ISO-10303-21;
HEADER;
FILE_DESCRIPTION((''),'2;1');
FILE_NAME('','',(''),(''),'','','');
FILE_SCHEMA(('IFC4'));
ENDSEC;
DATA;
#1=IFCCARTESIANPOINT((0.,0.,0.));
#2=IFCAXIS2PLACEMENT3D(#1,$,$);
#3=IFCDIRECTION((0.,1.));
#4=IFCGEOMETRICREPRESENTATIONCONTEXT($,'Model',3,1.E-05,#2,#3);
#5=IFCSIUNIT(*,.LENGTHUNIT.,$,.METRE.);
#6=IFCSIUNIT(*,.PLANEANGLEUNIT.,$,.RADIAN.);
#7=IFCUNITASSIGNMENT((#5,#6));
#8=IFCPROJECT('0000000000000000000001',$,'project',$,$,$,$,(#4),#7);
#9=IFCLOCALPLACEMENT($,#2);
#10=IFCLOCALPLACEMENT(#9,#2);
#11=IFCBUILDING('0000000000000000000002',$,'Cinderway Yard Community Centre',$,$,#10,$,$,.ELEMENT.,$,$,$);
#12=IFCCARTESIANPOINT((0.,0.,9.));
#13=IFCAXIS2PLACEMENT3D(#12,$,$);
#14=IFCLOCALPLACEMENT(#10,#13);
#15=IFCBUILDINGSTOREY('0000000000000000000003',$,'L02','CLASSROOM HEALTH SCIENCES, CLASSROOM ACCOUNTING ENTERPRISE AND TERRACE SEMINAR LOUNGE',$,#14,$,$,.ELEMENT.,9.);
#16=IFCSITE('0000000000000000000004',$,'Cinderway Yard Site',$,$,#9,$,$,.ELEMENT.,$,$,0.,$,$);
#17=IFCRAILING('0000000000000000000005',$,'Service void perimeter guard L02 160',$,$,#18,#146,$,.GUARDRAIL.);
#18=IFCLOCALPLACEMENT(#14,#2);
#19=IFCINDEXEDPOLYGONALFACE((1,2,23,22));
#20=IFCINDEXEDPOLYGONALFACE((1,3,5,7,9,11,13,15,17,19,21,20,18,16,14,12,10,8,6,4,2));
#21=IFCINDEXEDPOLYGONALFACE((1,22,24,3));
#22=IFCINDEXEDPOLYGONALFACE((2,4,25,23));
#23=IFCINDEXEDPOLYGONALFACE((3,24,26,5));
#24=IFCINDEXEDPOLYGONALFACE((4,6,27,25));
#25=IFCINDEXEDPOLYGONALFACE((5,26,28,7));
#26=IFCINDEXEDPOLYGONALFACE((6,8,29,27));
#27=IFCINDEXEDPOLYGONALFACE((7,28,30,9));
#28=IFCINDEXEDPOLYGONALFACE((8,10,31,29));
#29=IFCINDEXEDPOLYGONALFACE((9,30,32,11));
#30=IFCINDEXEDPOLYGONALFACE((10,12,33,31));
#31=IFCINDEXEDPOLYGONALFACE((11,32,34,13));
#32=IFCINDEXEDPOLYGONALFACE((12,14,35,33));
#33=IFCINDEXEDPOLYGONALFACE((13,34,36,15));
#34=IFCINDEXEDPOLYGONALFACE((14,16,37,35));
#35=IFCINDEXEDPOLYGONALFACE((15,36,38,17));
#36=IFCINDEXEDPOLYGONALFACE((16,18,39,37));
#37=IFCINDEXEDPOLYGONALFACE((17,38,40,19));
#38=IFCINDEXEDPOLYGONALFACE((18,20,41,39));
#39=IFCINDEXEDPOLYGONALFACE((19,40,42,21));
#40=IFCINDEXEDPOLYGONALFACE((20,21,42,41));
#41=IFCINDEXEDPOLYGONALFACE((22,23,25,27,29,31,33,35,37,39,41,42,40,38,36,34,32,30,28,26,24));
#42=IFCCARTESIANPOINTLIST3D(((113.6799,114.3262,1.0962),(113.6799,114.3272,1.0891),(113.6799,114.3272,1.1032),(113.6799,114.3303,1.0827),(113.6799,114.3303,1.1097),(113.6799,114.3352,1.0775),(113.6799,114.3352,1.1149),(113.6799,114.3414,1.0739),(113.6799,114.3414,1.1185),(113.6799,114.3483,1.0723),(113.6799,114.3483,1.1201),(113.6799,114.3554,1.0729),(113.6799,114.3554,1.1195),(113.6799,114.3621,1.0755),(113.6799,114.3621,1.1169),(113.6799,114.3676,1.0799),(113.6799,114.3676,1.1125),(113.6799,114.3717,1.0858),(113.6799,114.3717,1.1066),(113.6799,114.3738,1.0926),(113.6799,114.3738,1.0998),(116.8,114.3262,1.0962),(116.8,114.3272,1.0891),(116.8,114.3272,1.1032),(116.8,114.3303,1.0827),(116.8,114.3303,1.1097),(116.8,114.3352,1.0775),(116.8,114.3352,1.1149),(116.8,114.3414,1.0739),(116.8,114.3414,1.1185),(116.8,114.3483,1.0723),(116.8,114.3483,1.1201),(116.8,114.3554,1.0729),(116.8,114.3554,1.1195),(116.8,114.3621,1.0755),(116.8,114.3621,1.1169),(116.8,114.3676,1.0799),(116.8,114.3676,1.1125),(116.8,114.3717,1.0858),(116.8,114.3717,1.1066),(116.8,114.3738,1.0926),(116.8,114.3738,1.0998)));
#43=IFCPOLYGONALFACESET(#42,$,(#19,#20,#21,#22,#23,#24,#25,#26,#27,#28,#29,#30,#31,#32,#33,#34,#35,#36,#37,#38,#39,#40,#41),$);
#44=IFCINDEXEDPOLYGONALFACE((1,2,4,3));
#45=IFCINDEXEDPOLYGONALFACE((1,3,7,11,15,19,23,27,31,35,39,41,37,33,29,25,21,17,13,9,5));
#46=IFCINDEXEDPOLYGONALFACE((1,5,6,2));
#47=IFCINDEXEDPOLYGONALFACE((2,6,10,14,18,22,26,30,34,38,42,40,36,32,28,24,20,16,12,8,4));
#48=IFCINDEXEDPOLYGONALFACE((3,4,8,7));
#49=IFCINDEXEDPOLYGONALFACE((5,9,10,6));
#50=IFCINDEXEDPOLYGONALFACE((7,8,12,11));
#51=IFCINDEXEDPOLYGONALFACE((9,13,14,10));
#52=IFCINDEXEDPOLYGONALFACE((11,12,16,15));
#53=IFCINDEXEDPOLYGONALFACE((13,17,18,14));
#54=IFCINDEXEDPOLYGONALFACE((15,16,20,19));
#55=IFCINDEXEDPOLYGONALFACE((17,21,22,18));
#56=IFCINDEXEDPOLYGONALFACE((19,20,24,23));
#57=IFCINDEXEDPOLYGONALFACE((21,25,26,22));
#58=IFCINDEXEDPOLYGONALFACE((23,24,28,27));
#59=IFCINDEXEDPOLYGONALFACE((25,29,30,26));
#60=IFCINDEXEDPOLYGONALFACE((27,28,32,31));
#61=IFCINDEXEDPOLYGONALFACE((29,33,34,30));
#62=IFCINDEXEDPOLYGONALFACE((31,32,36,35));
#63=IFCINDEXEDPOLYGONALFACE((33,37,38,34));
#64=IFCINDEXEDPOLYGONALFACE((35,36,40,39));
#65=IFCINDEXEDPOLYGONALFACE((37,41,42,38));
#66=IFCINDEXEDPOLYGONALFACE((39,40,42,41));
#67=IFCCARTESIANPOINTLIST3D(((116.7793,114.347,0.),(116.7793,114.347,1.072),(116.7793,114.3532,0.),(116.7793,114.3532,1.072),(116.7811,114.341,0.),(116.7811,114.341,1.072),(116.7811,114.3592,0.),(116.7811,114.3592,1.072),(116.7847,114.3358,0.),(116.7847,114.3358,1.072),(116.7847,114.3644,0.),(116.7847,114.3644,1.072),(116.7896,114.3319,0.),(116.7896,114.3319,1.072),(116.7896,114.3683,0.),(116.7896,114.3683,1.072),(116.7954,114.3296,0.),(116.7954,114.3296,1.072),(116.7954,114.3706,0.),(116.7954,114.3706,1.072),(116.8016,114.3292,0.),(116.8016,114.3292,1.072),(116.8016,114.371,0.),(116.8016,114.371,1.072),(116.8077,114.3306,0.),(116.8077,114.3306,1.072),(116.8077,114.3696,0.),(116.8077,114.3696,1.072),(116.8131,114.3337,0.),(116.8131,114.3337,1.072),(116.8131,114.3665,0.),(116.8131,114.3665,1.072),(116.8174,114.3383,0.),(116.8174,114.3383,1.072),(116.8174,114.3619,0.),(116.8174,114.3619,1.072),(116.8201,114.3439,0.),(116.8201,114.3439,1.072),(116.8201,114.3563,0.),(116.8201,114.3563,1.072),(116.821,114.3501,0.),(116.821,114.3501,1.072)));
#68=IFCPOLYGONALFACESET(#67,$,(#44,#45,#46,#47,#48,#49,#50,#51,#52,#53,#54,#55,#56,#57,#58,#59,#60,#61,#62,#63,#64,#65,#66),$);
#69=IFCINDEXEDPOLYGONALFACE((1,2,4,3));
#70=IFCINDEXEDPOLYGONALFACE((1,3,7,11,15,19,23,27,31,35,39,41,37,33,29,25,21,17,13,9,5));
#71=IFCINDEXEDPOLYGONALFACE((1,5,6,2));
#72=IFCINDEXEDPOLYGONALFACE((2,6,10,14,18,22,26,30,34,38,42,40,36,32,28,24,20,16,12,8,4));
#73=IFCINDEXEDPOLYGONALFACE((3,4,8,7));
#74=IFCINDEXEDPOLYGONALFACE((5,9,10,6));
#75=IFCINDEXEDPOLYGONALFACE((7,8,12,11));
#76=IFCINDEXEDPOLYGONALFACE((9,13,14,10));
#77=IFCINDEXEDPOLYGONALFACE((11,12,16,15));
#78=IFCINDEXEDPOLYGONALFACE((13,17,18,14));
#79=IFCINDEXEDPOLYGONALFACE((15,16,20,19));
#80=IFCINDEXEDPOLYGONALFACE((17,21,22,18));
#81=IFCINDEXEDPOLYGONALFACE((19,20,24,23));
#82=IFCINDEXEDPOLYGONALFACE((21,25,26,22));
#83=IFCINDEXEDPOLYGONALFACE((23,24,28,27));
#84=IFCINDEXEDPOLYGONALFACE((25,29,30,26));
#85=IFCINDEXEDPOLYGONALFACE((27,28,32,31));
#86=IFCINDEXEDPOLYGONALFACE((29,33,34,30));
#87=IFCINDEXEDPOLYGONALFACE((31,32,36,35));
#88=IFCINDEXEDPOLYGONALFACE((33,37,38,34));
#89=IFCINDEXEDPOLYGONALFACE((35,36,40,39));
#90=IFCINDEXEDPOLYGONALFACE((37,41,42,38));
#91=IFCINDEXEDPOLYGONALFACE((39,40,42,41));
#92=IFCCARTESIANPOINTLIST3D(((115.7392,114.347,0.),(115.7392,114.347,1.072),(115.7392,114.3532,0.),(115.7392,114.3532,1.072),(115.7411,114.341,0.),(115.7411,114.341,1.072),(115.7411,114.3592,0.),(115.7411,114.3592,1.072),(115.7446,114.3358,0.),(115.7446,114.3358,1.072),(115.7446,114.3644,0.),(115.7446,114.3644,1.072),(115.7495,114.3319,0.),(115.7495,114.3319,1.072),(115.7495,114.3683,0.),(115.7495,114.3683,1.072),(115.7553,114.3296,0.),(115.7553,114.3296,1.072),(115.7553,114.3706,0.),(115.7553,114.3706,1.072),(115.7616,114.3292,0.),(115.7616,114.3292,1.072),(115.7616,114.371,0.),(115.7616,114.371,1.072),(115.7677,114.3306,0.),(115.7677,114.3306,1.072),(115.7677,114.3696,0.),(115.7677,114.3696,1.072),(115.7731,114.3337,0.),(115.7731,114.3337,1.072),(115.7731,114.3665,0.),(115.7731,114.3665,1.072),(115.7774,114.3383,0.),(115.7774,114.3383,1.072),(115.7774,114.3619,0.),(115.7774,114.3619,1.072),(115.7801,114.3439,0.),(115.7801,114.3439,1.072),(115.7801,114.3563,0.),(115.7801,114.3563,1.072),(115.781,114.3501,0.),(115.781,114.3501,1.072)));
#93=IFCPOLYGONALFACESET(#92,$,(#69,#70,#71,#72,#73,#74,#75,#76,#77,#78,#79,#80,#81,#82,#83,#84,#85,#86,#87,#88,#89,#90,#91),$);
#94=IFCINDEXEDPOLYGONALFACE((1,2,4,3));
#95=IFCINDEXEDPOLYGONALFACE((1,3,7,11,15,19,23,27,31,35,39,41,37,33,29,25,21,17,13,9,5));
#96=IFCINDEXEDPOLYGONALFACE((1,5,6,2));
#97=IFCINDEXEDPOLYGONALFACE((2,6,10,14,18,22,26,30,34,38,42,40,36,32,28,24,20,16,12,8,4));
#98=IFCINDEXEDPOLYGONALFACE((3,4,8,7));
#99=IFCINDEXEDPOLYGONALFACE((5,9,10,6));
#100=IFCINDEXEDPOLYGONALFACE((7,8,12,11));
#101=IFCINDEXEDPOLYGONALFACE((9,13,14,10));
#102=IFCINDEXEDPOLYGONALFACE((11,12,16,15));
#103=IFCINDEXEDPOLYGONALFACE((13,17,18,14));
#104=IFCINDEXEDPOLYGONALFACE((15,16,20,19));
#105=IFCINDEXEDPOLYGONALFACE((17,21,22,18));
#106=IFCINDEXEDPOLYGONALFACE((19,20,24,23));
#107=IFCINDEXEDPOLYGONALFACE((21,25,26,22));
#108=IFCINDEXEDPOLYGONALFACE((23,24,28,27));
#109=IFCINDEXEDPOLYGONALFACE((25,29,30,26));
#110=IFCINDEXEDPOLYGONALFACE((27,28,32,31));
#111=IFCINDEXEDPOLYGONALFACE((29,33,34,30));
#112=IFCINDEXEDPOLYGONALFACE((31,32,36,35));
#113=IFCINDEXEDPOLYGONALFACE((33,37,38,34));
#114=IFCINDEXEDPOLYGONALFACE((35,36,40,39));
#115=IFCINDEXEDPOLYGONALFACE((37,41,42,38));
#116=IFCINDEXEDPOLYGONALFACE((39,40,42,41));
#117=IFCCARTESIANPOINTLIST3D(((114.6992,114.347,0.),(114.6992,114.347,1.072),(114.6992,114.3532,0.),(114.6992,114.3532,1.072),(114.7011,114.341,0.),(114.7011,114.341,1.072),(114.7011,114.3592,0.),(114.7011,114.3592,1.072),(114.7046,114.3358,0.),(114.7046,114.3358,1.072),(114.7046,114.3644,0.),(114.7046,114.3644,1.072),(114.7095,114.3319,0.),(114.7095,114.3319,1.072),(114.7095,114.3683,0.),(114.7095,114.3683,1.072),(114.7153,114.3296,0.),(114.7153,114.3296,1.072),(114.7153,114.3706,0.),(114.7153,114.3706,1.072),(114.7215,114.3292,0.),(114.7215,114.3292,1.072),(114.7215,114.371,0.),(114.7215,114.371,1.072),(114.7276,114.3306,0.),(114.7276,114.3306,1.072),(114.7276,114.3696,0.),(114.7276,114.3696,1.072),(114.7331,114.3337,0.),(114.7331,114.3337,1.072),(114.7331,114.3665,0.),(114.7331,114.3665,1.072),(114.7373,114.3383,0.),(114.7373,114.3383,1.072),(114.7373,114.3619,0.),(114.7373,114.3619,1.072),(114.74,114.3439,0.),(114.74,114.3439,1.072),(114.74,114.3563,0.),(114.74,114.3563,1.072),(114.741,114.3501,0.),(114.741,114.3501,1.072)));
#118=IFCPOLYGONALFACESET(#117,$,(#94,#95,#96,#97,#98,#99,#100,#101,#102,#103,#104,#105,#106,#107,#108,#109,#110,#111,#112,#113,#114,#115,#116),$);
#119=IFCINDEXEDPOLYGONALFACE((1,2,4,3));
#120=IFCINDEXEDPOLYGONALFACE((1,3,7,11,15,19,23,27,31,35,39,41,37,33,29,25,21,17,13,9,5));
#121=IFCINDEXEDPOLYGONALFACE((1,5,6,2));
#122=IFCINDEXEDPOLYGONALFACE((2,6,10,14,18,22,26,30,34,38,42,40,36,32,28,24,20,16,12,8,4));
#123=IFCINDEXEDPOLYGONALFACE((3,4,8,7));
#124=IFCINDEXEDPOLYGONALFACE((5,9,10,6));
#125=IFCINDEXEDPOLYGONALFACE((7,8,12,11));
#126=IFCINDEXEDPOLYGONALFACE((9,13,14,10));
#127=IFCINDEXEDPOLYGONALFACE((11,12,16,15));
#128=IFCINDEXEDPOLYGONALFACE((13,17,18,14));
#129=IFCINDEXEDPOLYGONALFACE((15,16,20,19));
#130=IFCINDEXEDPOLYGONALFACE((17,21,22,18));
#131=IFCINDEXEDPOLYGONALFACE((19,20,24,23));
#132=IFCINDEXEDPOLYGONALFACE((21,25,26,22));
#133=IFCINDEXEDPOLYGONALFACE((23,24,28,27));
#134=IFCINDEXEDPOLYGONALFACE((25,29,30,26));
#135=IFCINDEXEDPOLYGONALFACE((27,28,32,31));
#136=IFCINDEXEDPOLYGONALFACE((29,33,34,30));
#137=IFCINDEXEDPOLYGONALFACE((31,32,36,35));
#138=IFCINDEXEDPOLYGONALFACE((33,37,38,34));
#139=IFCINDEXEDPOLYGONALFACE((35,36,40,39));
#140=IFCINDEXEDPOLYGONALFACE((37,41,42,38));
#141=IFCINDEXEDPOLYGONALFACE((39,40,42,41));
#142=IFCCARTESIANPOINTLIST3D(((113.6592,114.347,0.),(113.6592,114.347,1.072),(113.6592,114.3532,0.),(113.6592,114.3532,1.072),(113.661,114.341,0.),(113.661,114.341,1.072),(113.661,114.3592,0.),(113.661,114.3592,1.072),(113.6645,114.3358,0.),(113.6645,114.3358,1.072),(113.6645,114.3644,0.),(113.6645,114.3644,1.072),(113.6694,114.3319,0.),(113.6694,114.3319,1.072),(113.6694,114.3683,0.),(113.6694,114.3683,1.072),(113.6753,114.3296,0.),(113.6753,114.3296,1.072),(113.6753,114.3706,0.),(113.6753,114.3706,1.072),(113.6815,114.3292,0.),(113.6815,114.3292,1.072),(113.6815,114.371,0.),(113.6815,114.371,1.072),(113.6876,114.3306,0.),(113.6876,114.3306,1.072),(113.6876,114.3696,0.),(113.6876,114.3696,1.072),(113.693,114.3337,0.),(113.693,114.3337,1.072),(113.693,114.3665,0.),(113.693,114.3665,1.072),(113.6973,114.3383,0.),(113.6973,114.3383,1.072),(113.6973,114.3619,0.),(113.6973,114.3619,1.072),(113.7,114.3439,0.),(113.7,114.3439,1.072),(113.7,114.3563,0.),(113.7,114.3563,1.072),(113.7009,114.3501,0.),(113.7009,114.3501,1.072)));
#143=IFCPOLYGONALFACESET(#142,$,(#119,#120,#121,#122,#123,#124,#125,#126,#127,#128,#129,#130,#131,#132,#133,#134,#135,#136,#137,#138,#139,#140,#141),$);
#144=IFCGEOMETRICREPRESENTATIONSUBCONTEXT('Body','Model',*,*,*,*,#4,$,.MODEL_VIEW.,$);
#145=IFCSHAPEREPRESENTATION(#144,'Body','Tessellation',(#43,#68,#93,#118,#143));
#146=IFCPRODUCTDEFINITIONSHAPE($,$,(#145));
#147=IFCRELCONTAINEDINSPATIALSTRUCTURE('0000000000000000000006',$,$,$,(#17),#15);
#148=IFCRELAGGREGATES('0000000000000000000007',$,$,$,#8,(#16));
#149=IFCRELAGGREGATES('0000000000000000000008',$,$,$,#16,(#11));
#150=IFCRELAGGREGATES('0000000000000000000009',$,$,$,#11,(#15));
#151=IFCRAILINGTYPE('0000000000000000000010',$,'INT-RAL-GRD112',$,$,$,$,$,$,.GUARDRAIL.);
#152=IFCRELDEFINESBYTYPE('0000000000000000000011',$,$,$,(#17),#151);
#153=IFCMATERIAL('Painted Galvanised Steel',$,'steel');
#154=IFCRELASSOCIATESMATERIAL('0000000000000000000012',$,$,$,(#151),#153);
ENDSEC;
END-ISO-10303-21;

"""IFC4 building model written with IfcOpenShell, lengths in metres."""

from ifc_helpers import new_model, si_unit, direction, frame, origin, origin_2d, place, context, subcontext, project, spatial, circle, extrude, material, type_object, element, save


model = new_model("IFC4")

# Units and contexts
model_context = context("Model", 3, precision=1e-05, world=origin(), true_north=direction((0.0, 1.0)))
body_context = subcontext(model_context, "Body", "Model", "MODEL_VIEW")
ifc_project = project(units=[si_unit("LENGTHUNIT", "METRE"), si_unit("PLANEANGLEUNIT", "RADIAN")], contexts=[model_context])

# Site, building, storey
site_placement = place(None, origin())
site = spatial("IfcSite", under=ifc_project, at=site_placement, Name="Cinderway Yard Site", CompositionType="ELEMENT", RefElevation=0.0)
building_placement = place(site_placement, origin())
building = spatial("IfcBuilding", under=site, at=building_placement, Name="Cinderway Yard Community Centre", CompositionType="ELEMENT")
storey_placement = place(building_placement, frame((0.0, 0.0, 9.0)))
storey = spatial("IfcBuildingStorey", under=building, at=storey_placement, Name="L02", Description="CLASSROOM HEALTH SCIENCES, CLASSROOM ACCOUNTING ENTERPRISE AND TERRACE SEMINAR LOUNGE", CompositionType="ELEMENT", Elevation=9.0)

# Railing
ifc_material_1 = material(Name="Painted Galvanised Steel", Category="steel")
railing_type_1 = type_object("IfcRailingType", Name="INT-RAL-GRD112", PredefinedType="GUARDRAIL", material=ifc_material_1)
railing_1_placement = place(storey_placement, frame((116.8, 114.3501, 0.0)))
element("IfcRailing", 1, at=railing_1_placement, inside=storey, type_object=railing_type_1, Name="Service void perimeter guard L02 160", PredefinedType="GUARDRAIL", context=body_context, shape_type="SweptSolid", body=[
    extrude(circle(Radius=0.0239, at=origin_2d()), frame((0.0, 0.0, 1.0962), z_axis=(-1.0, 0.0, 0.0), x_axis=(0.0, -1.0, 0.0)), (0.0, 0.0, 1.0), 3.1201),
    extrude(circle(Radius=0.021, at=origin_2d()), origin(), (0.0, 0.0, 1.0), 1.072),
    extrude(circle(Radius=0.021, at=origin_2d()), frame((-1.04, 0.0, 0.0)), (0.0, 0.0, 1.0), 1.072),
    extrude(circle(Radius=0.021, at=origin_2d()), frame((-2.0801, 0.0, 0.0)), (0.0, 0.0, 1.0), 1.072),
    extrude(circle(Radius=0.021, at=origin_2d()), frame((-3.1201, 0.0, 0.0)), (0.0, 0.0, 1.0), 1.072),
])

save(model, "model.ifc")
